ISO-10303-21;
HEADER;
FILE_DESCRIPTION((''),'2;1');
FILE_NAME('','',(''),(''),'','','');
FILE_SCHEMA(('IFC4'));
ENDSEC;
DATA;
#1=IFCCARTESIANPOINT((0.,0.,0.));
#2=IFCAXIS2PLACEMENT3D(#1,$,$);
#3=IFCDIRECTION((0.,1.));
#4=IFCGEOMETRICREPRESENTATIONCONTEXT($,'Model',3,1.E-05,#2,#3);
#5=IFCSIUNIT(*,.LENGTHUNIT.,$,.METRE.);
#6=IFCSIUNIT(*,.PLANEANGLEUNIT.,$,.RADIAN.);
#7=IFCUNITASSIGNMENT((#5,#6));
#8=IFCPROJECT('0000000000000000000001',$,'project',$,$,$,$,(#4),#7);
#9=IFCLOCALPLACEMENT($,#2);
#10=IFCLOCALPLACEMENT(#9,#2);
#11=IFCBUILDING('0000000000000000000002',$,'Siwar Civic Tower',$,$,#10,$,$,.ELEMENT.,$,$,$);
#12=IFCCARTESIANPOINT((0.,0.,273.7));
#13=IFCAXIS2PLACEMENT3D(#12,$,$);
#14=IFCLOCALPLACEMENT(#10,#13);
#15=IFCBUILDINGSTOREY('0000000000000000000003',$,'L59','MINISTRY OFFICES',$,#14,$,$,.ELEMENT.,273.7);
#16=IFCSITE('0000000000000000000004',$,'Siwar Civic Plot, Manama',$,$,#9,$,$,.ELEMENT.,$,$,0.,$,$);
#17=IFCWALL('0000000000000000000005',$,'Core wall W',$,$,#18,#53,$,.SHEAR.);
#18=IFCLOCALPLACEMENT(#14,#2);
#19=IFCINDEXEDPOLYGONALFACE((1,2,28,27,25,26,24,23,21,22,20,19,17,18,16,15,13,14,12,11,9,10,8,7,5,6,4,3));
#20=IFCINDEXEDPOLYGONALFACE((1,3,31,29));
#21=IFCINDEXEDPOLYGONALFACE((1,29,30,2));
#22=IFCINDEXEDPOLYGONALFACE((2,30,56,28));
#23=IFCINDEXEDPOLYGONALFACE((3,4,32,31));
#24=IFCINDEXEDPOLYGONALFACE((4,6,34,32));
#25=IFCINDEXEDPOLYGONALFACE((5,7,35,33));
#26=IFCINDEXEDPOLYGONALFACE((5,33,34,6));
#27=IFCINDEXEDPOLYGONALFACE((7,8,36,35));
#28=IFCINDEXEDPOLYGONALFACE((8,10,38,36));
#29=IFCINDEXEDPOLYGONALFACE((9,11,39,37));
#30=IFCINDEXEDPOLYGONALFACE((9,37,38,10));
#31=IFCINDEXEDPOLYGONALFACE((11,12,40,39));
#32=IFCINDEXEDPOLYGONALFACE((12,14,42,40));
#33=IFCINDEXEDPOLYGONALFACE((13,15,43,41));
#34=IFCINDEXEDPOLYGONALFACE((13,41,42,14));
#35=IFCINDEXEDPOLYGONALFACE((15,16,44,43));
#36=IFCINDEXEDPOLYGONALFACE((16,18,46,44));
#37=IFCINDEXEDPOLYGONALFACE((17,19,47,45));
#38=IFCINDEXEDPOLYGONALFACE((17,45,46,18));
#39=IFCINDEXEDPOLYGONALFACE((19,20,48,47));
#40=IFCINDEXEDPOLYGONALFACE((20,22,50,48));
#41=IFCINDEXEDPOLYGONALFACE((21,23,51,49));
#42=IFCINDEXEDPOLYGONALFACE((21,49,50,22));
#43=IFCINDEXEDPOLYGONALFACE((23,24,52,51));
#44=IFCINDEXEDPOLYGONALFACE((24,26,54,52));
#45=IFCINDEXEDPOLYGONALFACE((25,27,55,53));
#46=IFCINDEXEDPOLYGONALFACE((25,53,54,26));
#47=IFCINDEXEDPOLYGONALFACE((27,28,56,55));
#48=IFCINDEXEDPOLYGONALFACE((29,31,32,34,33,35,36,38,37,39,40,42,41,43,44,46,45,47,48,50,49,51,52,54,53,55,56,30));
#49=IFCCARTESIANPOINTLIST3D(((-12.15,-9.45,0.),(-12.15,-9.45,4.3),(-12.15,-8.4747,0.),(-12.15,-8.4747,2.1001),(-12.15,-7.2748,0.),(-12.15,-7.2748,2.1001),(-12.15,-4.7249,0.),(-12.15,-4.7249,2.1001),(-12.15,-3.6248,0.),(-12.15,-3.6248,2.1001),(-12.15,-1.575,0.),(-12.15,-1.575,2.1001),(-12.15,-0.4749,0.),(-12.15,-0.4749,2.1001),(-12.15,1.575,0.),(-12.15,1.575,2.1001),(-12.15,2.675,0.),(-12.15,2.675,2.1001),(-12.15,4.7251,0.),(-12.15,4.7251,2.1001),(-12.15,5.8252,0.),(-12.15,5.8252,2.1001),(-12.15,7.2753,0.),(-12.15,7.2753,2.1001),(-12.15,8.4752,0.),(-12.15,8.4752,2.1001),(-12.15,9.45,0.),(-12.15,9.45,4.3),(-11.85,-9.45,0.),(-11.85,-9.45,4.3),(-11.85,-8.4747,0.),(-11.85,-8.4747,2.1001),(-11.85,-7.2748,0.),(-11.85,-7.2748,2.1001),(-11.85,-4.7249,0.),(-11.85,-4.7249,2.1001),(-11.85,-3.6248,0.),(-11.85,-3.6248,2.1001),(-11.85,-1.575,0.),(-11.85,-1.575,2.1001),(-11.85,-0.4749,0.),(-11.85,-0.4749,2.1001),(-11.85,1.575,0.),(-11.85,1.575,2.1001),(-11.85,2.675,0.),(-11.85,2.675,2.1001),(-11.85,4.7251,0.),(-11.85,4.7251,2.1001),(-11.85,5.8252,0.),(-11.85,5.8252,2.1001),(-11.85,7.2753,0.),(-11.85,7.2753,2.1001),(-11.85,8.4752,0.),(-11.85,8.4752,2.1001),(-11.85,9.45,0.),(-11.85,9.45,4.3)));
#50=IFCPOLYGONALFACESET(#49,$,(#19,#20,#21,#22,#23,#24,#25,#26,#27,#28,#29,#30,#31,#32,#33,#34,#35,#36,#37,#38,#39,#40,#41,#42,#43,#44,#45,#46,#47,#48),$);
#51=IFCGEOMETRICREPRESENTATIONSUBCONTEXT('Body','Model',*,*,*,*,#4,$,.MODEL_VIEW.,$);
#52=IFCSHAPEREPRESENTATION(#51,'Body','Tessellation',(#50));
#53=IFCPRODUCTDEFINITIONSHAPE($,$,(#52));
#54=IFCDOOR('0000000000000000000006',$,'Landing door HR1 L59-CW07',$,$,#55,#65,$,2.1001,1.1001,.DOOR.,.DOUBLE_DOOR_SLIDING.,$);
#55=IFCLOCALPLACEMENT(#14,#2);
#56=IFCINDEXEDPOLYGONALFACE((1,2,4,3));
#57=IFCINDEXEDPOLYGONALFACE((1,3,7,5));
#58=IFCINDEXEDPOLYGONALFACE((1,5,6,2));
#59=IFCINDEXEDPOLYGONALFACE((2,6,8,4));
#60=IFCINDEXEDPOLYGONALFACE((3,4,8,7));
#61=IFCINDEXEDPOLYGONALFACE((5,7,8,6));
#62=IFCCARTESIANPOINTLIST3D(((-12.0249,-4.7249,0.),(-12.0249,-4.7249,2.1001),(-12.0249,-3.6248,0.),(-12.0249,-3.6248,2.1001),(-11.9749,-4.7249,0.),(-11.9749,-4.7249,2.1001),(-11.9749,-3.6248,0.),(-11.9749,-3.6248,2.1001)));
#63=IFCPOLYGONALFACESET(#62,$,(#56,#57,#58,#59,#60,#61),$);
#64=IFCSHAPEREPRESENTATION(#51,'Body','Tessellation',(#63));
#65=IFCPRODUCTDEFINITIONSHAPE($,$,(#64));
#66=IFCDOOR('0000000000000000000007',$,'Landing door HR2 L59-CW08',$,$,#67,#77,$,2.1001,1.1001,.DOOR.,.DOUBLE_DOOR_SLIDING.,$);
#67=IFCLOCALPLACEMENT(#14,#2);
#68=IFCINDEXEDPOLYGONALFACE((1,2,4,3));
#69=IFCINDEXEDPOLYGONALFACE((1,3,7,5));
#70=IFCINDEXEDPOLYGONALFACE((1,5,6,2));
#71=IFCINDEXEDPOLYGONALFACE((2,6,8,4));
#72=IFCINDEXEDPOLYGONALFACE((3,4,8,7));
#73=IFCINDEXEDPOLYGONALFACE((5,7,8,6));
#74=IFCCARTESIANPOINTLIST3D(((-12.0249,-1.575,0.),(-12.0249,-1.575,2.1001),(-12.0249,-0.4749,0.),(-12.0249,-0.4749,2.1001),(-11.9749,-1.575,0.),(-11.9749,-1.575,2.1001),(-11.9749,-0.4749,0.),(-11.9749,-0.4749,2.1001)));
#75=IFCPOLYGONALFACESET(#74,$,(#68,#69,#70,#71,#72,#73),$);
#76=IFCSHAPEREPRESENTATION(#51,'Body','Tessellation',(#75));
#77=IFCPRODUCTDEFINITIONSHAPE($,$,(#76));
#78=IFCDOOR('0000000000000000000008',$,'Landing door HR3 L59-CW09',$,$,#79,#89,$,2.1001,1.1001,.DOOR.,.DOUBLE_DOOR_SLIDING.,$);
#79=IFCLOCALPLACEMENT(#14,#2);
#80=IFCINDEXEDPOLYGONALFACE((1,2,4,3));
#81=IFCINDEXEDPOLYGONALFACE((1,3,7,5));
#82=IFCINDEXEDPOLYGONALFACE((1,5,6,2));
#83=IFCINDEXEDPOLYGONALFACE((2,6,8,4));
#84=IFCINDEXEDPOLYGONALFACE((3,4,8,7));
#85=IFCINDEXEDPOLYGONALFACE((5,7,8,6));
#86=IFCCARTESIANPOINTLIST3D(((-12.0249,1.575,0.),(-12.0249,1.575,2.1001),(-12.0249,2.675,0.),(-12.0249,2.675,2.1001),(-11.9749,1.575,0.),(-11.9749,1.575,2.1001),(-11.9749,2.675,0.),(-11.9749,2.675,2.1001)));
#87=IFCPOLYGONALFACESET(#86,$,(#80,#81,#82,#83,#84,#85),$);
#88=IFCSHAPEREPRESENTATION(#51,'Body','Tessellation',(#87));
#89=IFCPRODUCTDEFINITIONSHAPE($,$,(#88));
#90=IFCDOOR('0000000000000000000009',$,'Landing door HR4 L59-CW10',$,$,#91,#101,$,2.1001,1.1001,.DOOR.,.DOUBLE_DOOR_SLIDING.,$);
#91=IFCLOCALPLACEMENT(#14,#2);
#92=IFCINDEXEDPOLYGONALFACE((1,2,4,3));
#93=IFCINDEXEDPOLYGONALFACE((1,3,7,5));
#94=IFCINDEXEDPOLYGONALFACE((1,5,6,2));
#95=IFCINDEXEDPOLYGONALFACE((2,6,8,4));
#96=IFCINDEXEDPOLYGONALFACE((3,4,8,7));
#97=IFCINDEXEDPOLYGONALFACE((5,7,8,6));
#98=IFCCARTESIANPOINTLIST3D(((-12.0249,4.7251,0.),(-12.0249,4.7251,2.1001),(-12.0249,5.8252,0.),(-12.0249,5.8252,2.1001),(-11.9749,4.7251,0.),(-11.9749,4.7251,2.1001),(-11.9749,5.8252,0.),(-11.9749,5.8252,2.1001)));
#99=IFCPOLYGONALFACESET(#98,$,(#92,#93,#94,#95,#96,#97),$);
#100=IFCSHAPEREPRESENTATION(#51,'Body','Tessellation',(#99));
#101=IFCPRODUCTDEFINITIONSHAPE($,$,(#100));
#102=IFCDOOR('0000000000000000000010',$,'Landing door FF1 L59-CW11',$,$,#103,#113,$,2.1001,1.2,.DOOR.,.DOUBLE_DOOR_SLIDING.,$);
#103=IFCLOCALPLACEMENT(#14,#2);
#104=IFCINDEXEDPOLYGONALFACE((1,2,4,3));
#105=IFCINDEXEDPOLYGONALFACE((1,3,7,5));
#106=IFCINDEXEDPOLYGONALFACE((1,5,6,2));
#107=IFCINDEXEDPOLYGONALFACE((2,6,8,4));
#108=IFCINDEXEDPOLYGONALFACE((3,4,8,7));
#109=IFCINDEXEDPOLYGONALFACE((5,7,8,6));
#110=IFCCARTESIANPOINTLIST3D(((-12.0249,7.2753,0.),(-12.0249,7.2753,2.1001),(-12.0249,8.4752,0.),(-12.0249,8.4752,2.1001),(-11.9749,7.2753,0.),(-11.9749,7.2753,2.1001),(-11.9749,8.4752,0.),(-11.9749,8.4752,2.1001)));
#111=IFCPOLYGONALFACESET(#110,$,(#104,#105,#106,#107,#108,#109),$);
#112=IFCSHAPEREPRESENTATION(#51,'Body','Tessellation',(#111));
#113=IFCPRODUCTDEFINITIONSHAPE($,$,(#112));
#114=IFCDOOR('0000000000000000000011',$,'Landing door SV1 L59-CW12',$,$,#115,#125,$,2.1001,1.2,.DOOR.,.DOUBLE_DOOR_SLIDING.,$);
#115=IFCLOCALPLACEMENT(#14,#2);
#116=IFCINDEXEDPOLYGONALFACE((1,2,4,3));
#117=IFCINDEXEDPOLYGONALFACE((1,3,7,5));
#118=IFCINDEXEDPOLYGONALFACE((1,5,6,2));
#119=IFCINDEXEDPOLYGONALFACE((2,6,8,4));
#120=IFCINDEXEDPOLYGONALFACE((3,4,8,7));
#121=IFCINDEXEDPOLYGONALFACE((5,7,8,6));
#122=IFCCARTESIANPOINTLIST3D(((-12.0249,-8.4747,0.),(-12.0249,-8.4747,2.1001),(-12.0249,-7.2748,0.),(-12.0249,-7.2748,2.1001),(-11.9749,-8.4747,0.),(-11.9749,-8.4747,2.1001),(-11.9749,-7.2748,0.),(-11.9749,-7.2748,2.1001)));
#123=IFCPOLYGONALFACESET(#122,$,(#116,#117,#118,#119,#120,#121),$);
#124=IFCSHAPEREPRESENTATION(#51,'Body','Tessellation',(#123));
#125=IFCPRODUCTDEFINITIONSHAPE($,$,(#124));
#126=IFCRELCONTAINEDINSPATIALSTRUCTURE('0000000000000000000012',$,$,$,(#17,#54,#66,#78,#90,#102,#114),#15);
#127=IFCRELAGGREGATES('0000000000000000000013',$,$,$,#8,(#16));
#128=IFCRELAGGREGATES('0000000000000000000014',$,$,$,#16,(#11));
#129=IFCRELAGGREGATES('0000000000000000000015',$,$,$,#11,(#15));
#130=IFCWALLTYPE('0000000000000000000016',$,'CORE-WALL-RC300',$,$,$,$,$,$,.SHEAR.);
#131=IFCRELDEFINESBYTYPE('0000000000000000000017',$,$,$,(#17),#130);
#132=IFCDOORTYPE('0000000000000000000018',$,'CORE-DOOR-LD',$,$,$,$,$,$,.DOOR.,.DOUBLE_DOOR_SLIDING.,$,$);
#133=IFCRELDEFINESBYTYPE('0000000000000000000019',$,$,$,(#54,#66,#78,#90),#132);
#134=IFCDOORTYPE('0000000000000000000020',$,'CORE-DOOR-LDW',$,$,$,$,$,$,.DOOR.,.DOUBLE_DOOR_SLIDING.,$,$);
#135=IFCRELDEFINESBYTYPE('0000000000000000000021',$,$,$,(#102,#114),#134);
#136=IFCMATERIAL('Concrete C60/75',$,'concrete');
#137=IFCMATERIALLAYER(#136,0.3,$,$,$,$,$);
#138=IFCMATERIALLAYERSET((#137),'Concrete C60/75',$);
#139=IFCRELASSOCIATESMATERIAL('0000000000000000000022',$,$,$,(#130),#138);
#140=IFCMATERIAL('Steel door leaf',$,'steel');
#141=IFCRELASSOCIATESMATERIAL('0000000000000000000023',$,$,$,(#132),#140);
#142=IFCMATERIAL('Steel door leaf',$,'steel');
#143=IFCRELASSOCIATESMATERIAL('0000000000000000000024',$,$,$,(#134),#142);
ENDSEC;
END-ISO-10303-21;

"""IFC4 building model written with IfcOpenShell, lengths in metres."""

from ifc_helpers import new_model, si_unit, direction, frame, frame_2d, origin, place, context, subcontext, project, spatial, rectangle, extrude, material, layer, layer_set, type_object, element, fill, save


model = new_model("IFC4")

# Units and contexts
model_context = context("Model", 3, precision=1e-05, world=origin(), true_north=direction((0.0, 1.0)))
body_context = subcontext(model_context, "Body", "Model", "MODEL_VIEW")
ifc_project = project(units=[si_unit("LENGTHUNIT", "METRE"), si_unit("PLANEANGLEUNIT", "RADIAN")], contexts=[model_context])

# Site, building, storey
site_placement = place(None, origin())
site = spatial("IfcSite", under=ifc_project, at=site_placement, Name="Siwar Civic Plot, Manama", CompositionType="ELEMENT", RefElevation=0.0)
building_placement = place(site_placement, origin())
building = spatial("IfcBuilding", under=site, at=building_placement, Name="Siwar Civic Tower", CompositionType="ELEMENT")
storey_placement = place(building_placement, frame((0.0, 0.0, 273.7)))
storey = spatial("IfcBuildingStorey", under=building, at=storey_placement, Name="L59", Description="MINISTRY OFFICES", CompositionType="ELEMENT", Elevation=273.7)

# Wall, openings, doors
ifc_material_1 = material(Name="Concrete C60/75", Category="concrete")
ifc_layer_1 = layer(ifc_material_1, 0.3)
ifc_layer_set_1 = layer_set([ifc_layer_1], Name="Concrete C60/75")
wall_type_1 = type_object("IfcWallType", Name="CORE-WALL-RC300", PredefinedType="SHEAR", material=ifc_layer_set_1)
wall_1_placement = place(storey_placement, frame((-12.0, -9.45, 0.0), z_axis=(0.0, 0.0, 1.0), x_axis=(0.0, 1.0, 0.0)))
wall_1 = element("IfcWall", 1, at=wall_1_placement, inside=storey, type_object=wall_type_1, Name="Core wall W", PredefinedType="SHEAR", context=body_context, shape_type="SweptSolid", body=[
    extrude(rectangle(XDim=18.8999, YDim=0.3, at=frame_2d((9.45, 0.0))), origin(), (0.0, 0.0, 1.0), 4.3),
])
opening_1_placement = place(wall_1_placement, frame((4.7251, 0.0, 0.0)))
opening_1 = element("IfcOpeningElement", 2, at=opening_1_placement, cuts=wall_1, PredefinedType="OPENING", context=body_context, shape_type="SweptSolid", body=[
    extrude(rectangle(XDim=1.1001, YDim=2.1001, at=frame_2d((0.55, 1.05))), frame((0.0, 0.1602, 0.0), z_axis=(0.0, -1.0, 0.0), x_axis=(1.0, 0.0, 0.0)), (0.0, 0.0, 1.0), 0.3201),
])
opening_2_placement = place(wall_1_placement, frame((7.875, 0.0, 0.0)))
opening_2 = element("IfcOpeningElement", 3, at=opening_2_placement, cuts=wall_1, PredefinedType="OPENING", context=body_context, shape_type="SweptSolid", body=[
    extrude(rectangle(XDim=1.1001, YDim=2.1001, at=frame_2d((0.55, 1.05))), frame((0.0, 0.1602, 0.0), z_axis=(0.0, -1.0, 0.0), x_axis=(1.0, 0.0, 0.0)), (0.0, 0.0, 1.0), 0.3201),
])
opening_3_placement = place(wall_1_placement, frame((11.0249, 0.0, 0.0)))
opening_3 = element("IfcOpeningElement", 4, at=opening_3_placement, cuts=wall_1, PredefinedType="OPENING", context=body_context, shape_type="SweptSolid", body=[
    extrude(rectangle(XDim=1.1001, YDim=2.1001, at=frame_2d((0.55, 1.05))), frame((0.0, 0.1602, 0.0), z_axis=(0.0, -1.0, 0.0), x_axis=(1.0, 0.0, 0.0)), (0.0, 0.0, 1.0), 0.3201),
])
opening_4_placement = place(wall_1_placement, frame((14.175, 0.0, 0.0)))
opening_4 = element("IfcOpeningElement", 5, at=opening_4_placement, cuts=wall_1, PredefinedType="OPENING", context=body_context, shape_type="SweptSolid", body=[
    extrude(rectangle(XDim=1.1001, YDim=2.1001, at=frame_2d((0.55, 1.05))), frame((0.0, 0.1602, 0.0), z_axis=(0.0, -1.0, 0.0), x_axis=(1.0, 0.0, 0.0)), (0.0, 0.0, 1.0), 0.3201),
])
opening_5_placement = place(wall_1_placement, frame((16.7251, 0.0, 0.0)))
opening_5 = element("IfcOpeningElement", 6, at=opening_5_placement, cuts=wall_1, PredefinedType="OPENING", context=body_context, shape_type="SweptSolid", body=[
    extrude(rectangle(XDim=1.2, YDim=2.1001, at=frame_2d((0.6001, 1.05))), frame((0.0, 0.1602, 0.0), z_axis=(0.0, -1.0, 0.0), x_axis=(1.0, 0.0, 0.0)), (0.0, 0.0, 1.0), 0.3201),
])
opening_6_placement = place(wall_1_placement, frame((0.9751, 0.0, 0.0)))
opening_6 = element("IfcOpeningElement", 7, at=opening_6_placement, cuts=wall_1, PredefinedType="OPENING", context=body_context, shape_type="SweptSolid", body=[
    extrude(rectangle(XDim=1.2, YDim=2.1001, at=frame_2d((0.6001, 1.05))), frame((0.0, 0.1602, 0.0), z_axis=(0.0, -1.0, 0.0), x_axis=(1.0, 0.0, 0.0)), (0.0, 0.0, 1.0), 0.3201),
])
ifc_material_2 = material(Name="Steel door leaf", Category="steel")
door_type_1 = type_object("IfcDoorType", Name="CORE-DOOR-LD", OperationType="DOUBLE_DOOR_SLIDING", PredefinedType="DOOR", material=ifc_material_2)
door_1_placement = place(opening_1_placement, origin())
door_1 = element("IfcDoor", 8, at=door_1_placement, inside=storey, type_object=door_type_1, Name="Landing door HR1 L59-CW07", OperationType="DOUBLE_DOOR_SLIDING", OverallHeight=2.1001, OverallWidth=1.1001, PredefinedType="DOOR", context=body_context, shape_type="SweptSolid", body=[
    extrude(rectangle(XDim=1.1001, YDim=2.1001, at=frame_2d((0.55, 1.05))), frame((0.0, 0.0249, 0.0), z_axis=(0.0, -1.0, 0.0), x_axis=(1.0, 0.0, 0.0)), (0.0, 0.0, 1.0), 0.05),
])
fill(opening_1, door_1)
door_2_placement = place(opening_2_placement, origin())
door_2 = element("IfcDoor", 9, at=door_2_placement, inside=storey, type_object=door_type_1, Name="Landing door HR2 L59-CW08", OperationType="DOUBLE_DOOR_SLIDING", OverallHeight=2.1001, OverallWidth=1.1001, PredefinedType="DOOR", context=body_context, shape_type="SweptSolid", body=[
    extrude(rectangle(XDim=1.1001, YDim=2.1001, at=frame_2d((0.55, 1.05))), frame((0.0, 0.0249, 0.0), z_axis=(0.0, -1.0, 0.0), x_axis=(1.0, 0.0, 0.0)), (0.0, 0.0, 1.0), 0.05),
])
fill(opening_2, door_2)
door_3_placement = place(opening_3_placement, origin())
door_3 = element("IfcDoor", 10, at=door_3_placement, inside=storey, type_object=door_type_1, Name="Landing door HR3 L59-CW09", OperationType="DOUBLE_DOOR_SLIDING", OverallHeight=2.1001, OverallWidth=1.1001, PredefinedType="DOOR", context=body_context, shape_type="SweptSolid", body=[
    extrude(rectangle(XDim=1.1001, YDim=2.1001, at=frame_2d((0.55, 1.05))), frame((0.0, 0.0249, 0.0), z_axis=(0.0, -1.0, 0.0), x_axis=(1.0, 0.0, 0.0)), (0.0, 0.0, 1.0), 0.05),
])
fill(opening_3, door_3)
door_4_placement = place(opening_4_placement, origin())
door_4 = element("IfcDoor", 11, at=door_4_placement, inside=storey, type_object=door_type_1, Name="Landing door HR4 L59-CW10", OperationType="DOUBLE_DOOR_SLIDING", OverallHeight=2.1001, OverallWidth=1.1001, PredefinedType="DOOR", context=body_context, shape_type="SweptSolid", body=[
    extrude(rectangle(XDim=1.1001, YDim=2.1001, at=frame_2d((0.55, 1.05))), frame((0.0, 0.0249, 0.0), z_axis=(0.0, -1.0, 0.0), x_axis=(1.0, 0.0, 0.0)), (0.0, 0.0, 1.0), 0.05),
])
fill(opening_4, door_4)
ifc_material_3 = material(Name="Steel door leaf", Category="steel")
door_type_2 = type_object("IfcDoorType", Name="CORE-DOOR-LDW", OperationType="DOUBLE_DOOR_SLIDING", PredefinedType="DOOR", material=ifc_material_3)
door_5_placement = place(opening_5_placement, origin())
door_5 = element("IfcDoor", 12, at=door_5_placement, inside=storey, type_object=door_type_2, Name="Landing door FF1 L59-CW11", OperationType="DOUBLE_DOOR_SLIDING", OverallHeight=2.1001, OverallWidth=1.2, PredefinedType="DOOR", context=body_context, shape_type="SweptSolid", body=[
    extrude(rectangle(XDim=1.2, YDim=2.1001, at=frame_2d((0.6001, 1.05))), frame((0.0, 0.0249, 0.0), z_axis=(0.0, -1.0, 0.0), x_axis=(1.0, 0.0, 0.0)), (0.0, 0.0, 1.0), 0.05),
])
fill(opening_5, door_5)
door_6_placement = place(opening_6_placement, origin())
door_6 = element("IfcDoor", 13, at=door_6_placement, inside=storey, type_object=door_type_2, Name="Landing door SV1 L59-CW12", OperationType="DOUBLE_DOOR_SLIDING", OverallHeight=2.1001, OverallWidth=1.2, PredefinedType="DOOR", context=body_context, shape_type="SweptSolid", body=[
    extrude(rectangle(XDim=1.2, YDim=2.1001, at=frame_2d((0.6001, 1.05))), frame((0.0, 0.0249, 0.0), z_axis=(0.0, -1.0, 0.0), x_axis=(1.0, 0.0, 0.0)), (0.0, 0.0, 1.0), 0.05),
])
fill(opening_6, door_6)

save(model, "model.ifc")
